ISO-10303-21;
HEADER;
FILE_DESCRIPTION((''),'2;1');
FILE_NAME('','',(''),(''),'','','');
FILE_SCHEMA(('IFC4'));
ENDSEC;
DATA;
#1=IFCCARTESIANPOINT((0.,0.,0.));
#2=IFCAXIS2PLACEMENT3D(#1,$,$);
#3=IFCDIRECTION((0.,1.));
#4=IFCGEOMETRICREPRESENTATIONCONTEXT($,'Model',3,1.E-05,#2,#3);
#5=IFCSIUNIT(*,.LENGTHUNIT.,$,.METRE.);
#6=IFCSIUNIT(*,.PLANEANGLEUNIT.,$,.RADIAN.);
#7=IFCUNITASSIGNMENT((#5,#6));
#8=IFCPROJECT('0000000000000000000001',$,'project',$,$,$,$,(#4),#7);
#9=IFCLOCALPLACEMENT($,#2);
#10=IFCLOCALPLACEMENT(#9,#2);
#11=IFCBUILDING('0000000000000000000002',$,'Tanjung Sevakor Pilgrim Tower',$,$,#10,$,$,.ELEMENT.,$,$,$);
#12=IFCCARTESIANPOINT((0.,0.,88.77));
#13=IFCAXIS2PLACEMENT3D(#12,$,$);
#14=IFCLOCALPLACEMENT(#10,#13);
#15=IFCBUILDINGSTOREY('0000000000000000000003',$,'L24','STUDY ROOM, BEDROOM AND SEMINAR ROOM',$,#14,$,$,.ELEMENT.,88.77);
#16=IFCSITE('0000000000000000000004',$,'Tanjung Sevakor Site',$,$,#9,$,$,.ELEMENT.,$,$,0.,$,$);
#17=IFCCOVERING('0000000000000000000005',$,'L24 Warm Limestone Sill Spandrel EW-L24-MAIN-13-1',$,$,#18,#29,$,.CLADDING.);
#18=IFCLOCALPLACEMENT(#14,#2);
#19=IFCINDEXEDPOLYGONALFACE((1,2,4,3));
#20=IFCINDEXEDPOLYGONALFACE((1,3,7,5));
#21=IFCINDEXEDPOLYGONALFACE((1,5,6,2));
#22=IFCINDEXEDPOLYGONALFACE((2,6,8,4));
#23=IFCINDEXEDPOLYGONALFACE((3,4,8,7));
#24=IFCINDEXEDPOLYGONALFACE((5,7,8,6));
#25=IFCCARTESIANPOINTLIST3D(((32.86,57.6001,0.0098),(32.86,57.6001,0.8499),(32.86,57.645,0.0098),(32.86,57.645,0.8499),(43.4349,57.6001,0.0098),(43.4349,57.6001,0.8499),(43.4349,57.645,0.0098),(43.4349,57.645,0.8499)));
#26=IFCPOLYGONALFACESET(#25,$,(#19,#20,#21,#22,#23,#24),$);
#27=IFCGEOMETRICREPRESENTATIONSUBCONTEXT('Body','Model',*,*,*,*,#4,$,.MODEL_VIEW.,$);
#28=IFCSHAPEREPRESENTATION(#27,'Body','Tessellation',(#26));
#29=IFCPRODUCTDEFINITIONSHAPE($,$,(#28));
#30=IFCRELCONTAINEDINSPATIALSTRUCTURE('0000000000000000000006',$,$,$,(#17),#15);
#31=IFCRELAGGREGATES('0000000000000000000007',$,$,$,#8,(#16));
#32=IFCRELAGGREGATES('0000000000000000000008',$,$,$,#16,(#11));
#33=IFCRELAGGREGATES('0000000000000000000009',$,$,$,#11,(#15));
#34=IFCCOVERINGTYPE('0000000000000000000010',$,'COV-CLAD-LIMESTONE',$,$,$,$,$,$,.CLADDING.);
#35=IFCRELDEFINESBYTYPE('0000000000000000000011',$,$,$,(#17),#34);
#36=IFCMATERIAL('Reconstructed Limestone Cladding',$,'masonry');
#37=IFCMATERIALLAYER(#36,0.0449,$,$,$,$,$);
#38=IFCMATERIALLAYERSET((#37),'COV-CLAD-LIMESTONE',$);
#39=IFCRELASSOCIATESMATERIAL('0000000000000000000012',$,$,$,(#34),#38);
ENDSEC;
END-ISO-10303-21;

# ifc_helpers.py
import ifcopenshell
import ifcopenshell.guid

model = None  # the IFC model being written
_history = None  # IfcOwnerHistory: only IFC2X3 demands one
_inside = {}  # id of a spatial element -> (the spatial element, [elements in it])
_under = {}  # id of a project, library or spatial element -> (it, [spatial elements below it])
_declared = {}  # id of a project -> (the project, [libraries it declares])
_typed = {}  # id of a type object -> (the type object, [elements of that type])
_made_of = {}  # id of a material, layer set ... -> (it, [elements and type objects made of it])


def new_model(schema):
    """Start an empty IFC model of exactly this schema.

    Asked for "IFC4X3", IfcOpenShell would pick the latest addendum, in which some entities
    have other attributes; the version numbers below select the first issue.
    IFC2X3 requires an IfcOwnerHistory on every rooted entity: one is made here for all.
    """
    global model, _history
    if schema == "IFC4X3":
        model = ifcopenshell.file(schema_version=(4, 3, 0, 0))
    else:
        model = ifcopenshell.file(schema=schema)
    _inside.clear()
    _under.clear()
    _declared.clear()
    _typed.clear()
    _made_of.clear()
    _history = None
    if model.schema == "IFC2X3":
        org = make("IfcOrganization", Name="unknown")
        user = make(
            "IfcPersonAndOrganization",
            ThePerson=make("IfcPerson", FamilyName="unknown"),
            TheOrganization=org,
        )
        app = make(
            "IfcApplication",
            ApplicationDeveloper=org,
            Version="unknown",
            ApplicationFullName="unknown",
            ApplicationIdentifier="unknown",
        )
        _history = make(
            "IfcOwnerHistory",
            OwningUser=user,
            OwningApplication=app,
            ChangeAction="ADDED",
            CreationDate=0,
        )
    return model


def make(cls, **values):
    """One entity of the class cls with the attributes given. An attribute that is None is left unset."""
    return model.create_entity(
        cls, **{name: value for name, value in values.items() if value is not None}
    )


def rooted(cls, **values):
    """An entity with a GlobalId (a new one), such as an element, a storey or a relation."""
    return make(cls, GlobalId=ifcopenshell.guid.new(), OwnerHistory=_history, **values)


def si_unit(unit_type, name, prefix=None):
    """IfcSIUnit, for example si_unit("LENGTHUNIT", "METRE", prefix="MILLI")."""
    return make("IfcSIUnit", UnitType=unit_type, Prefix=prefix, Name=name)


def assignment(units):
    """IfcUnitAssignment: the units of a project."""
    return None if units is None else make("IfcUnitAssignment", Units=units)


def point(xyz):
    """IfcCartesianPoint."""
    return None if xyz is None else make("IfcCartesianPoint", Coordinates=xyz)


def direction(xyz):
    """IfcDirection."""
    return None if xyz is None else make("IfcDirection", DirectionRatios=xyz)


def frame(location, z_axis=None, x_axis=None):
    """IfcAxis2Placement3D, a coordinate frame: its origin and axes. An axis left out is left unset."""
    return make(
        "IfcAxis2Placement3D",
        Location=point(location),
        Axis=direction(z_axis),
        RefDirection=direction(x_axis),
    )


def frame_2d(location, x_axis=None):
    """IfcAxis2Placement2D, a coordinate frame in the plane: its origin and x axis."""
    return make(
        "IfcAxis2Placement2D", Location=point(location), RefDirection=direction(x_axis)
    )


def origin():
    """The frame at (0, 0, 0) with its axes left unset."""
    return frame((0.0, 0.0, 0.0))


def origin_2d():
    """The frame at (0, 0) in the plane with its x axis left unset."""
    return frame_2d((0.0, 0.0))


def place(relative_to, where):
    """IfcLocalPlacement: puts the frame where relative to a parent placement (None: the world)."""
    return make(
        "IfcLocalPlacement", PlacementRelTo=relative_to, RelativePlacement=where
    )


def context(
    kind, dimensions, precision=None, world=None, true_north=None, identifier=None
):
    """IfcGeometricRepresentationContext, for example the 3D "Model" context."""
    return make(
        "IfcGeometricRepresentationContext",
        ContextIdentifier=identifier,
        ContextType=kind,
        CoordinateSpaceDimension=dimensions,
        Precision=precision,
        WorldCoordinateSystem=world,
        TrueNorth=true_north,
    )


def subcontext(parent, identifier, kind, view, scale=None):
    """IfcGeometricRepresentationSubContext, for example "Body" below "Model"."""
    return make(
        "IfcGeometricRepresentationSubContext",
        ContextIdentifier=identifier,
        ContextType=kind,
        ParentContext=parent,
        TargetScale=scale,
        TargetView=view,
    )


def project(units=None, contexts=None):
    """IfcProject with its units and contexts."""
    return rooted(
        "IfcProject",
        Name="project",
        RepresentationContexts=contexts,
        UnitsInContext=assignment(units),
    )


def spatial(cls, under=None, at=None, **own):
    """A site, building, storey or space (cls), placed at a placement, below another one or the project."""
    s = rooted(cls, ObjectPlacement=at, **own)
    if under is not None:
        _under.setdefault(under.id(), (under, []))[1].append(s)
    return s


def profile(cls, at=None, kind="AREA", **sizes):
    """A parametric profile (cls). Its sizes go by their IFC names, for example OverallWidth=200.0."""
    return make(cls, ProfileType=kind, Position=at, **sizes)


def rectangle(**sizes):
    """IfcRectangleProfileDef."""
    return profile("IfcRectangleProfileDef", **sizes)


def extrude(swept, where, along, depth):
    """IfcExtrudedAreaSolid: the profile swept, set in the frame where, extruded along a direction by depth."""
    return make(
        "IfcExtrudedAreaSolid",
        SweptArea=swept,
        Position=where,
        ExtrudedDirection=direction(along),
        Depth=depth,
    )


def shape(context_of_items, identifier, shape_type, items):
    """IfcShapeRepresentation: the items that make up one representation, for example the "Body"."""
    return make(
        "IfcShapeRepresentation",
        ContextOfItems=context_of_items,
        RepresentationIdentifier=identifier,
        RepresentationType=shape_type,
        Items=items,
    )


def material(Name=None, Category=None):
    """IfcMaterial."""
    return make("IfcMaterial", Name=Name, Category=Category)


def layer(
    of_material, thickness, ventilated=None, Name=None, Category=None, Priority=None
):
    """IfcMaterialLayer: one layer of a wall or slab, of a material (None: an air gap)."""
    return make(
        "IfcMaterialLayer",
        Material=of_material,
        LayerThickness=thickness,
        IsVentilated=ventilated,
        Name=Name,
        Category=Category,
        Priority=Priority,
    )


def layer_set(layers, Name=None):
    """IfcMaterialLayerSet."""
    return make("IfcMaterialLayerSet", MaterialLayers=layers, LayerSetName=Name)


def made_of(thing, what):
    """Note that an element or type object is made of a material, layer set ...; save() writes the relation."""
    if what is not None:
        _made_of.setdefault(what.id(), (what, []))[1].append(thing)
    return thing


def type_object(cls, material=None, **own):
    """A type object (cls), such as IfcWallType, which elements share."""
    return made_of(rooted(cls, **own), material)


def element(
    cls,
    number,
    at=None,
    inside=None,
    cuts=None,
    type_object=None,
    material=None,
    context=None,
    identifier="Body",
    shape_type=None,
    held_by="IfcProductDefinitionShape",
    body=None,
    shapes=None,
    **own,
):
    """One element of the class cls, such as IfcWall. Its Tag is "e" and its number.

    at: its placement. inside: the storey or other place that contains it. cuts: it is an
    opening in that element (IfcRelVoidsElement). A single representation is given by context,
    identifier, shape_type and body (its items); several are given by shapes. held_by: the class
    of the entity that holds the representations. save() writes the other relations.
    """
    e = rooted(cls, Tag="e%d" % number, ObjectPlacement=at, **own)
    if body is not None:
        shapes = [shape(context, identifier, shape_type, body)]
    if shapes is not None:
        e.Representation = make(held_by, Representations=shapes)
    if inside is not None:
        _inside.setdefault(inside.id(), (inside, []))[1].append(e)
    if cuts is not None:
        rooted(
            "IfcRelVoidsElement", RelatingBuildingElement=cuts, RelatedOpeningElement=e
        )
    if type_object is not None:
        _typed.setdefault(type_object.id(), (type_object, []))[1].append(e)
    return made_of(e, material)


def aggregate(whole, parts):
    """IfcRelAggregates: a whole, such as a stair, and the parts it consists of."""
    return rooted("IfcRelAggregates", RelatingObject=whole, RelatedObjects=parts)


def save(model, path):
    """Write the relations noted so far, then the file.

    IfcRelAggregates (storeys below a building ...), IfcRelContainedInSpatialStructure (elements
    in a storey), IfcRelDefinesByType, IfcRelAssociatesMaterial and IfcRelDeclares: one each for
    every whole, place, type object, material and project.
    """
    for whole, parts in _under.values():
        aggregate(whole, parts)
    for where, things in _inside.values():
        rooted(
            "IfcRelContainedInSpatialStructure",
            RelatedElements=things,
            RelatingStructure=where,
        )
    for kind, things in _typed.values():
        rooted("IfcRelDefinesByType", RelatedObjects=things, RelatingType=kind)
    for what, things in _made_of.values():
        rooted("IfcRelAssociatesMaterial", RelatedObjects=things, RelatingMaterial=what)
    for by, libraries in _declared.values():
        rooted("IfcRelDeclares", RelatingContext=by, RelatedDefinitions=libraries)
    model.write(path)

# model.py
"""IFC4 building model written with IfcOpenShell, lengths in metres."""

from ifc_helpers import new_model, si_unit, direction, frame, origin, origin_2d, place, context, subcontext, project, spatial, rectangle, extrude, material, layer, layer_set, type_object, element, save


model = new_model("IFC4")

# Units and contexts
model_context = context("Model", 3, precision=1e-05, world=origin(), true_north=direction((0.0, 1.0)))
body_context = subcontext(model_context, "Body", "Model", "MODEL_VIEW")
ifc_project = project(units=[si_unit("LENGTHUNIT", "METRE"), si_unit("PLANEANGLEUNIT", "RADIAN")], contexts=[model_context])

# Site, building, storey
site_placement = place(None, origin())
site = spatial("IfcSite", under=ifc_project, at=site_placement, Name="Tanjung Sevakor Site", CompositionType="ELEMENT", RefElevation=0.0)
building_placement = place(site_placement, origin())
building = spatial("IfcBuilding", under=site, at=building_placement, Name="Tanjung Sevakor Pilgrim Tower", CompositionType="ELEMENT")
storey_placement = place(building_placement, frame((0.0, 0.0, 88.77)))
storey = spatial("IfcBuildingStorey", under=building, at=storey_placement, Name="L24", Description="STUDY ROOM, BEDROOM AND SEMINAR ROOM", CompositionType="ELEMENT", Elevation=88.77)

# Covering
ifc_material_1 = material(Name="Reconstructed Limestone Cladding", Category="masonry")
ifc_layer_1 = layer(ifc_material_1, 0.0449)
ifc_layer_set_1 = layer_set([ifc_layer_1], Name="COV-CLAD-LIMESTONE")
covering_type = type_object("IfcCoveringType", Name="COV-CLAD-LIMESTONE", PredefinedType="CLADDING", material=ifc_layer_set_1)
covering_placement = place(storey_placement, frame((38.1475, 57.6226, 0.0098), z_axis=(0.0, 0.0, 1.0), x_axis=(-1.0, 0.0, 0.0)))
element("IfcCovering", 1, at=covering_placement, inside=storey, type_object=covering_type, Name="L24 Warm Limestone Sill Spandrel EW-L24-MAIN-13-1", PredefinedType="CLADDING", context=body_context, shape_type="SweptSolid", body=[
    extrude(rectangle(XDim=10.575, YDim=0.0449, at=origin_2d()), origin(), (0.0, 0.0, 1.0), 0.8401),
])

save(model, "model.ifc")
